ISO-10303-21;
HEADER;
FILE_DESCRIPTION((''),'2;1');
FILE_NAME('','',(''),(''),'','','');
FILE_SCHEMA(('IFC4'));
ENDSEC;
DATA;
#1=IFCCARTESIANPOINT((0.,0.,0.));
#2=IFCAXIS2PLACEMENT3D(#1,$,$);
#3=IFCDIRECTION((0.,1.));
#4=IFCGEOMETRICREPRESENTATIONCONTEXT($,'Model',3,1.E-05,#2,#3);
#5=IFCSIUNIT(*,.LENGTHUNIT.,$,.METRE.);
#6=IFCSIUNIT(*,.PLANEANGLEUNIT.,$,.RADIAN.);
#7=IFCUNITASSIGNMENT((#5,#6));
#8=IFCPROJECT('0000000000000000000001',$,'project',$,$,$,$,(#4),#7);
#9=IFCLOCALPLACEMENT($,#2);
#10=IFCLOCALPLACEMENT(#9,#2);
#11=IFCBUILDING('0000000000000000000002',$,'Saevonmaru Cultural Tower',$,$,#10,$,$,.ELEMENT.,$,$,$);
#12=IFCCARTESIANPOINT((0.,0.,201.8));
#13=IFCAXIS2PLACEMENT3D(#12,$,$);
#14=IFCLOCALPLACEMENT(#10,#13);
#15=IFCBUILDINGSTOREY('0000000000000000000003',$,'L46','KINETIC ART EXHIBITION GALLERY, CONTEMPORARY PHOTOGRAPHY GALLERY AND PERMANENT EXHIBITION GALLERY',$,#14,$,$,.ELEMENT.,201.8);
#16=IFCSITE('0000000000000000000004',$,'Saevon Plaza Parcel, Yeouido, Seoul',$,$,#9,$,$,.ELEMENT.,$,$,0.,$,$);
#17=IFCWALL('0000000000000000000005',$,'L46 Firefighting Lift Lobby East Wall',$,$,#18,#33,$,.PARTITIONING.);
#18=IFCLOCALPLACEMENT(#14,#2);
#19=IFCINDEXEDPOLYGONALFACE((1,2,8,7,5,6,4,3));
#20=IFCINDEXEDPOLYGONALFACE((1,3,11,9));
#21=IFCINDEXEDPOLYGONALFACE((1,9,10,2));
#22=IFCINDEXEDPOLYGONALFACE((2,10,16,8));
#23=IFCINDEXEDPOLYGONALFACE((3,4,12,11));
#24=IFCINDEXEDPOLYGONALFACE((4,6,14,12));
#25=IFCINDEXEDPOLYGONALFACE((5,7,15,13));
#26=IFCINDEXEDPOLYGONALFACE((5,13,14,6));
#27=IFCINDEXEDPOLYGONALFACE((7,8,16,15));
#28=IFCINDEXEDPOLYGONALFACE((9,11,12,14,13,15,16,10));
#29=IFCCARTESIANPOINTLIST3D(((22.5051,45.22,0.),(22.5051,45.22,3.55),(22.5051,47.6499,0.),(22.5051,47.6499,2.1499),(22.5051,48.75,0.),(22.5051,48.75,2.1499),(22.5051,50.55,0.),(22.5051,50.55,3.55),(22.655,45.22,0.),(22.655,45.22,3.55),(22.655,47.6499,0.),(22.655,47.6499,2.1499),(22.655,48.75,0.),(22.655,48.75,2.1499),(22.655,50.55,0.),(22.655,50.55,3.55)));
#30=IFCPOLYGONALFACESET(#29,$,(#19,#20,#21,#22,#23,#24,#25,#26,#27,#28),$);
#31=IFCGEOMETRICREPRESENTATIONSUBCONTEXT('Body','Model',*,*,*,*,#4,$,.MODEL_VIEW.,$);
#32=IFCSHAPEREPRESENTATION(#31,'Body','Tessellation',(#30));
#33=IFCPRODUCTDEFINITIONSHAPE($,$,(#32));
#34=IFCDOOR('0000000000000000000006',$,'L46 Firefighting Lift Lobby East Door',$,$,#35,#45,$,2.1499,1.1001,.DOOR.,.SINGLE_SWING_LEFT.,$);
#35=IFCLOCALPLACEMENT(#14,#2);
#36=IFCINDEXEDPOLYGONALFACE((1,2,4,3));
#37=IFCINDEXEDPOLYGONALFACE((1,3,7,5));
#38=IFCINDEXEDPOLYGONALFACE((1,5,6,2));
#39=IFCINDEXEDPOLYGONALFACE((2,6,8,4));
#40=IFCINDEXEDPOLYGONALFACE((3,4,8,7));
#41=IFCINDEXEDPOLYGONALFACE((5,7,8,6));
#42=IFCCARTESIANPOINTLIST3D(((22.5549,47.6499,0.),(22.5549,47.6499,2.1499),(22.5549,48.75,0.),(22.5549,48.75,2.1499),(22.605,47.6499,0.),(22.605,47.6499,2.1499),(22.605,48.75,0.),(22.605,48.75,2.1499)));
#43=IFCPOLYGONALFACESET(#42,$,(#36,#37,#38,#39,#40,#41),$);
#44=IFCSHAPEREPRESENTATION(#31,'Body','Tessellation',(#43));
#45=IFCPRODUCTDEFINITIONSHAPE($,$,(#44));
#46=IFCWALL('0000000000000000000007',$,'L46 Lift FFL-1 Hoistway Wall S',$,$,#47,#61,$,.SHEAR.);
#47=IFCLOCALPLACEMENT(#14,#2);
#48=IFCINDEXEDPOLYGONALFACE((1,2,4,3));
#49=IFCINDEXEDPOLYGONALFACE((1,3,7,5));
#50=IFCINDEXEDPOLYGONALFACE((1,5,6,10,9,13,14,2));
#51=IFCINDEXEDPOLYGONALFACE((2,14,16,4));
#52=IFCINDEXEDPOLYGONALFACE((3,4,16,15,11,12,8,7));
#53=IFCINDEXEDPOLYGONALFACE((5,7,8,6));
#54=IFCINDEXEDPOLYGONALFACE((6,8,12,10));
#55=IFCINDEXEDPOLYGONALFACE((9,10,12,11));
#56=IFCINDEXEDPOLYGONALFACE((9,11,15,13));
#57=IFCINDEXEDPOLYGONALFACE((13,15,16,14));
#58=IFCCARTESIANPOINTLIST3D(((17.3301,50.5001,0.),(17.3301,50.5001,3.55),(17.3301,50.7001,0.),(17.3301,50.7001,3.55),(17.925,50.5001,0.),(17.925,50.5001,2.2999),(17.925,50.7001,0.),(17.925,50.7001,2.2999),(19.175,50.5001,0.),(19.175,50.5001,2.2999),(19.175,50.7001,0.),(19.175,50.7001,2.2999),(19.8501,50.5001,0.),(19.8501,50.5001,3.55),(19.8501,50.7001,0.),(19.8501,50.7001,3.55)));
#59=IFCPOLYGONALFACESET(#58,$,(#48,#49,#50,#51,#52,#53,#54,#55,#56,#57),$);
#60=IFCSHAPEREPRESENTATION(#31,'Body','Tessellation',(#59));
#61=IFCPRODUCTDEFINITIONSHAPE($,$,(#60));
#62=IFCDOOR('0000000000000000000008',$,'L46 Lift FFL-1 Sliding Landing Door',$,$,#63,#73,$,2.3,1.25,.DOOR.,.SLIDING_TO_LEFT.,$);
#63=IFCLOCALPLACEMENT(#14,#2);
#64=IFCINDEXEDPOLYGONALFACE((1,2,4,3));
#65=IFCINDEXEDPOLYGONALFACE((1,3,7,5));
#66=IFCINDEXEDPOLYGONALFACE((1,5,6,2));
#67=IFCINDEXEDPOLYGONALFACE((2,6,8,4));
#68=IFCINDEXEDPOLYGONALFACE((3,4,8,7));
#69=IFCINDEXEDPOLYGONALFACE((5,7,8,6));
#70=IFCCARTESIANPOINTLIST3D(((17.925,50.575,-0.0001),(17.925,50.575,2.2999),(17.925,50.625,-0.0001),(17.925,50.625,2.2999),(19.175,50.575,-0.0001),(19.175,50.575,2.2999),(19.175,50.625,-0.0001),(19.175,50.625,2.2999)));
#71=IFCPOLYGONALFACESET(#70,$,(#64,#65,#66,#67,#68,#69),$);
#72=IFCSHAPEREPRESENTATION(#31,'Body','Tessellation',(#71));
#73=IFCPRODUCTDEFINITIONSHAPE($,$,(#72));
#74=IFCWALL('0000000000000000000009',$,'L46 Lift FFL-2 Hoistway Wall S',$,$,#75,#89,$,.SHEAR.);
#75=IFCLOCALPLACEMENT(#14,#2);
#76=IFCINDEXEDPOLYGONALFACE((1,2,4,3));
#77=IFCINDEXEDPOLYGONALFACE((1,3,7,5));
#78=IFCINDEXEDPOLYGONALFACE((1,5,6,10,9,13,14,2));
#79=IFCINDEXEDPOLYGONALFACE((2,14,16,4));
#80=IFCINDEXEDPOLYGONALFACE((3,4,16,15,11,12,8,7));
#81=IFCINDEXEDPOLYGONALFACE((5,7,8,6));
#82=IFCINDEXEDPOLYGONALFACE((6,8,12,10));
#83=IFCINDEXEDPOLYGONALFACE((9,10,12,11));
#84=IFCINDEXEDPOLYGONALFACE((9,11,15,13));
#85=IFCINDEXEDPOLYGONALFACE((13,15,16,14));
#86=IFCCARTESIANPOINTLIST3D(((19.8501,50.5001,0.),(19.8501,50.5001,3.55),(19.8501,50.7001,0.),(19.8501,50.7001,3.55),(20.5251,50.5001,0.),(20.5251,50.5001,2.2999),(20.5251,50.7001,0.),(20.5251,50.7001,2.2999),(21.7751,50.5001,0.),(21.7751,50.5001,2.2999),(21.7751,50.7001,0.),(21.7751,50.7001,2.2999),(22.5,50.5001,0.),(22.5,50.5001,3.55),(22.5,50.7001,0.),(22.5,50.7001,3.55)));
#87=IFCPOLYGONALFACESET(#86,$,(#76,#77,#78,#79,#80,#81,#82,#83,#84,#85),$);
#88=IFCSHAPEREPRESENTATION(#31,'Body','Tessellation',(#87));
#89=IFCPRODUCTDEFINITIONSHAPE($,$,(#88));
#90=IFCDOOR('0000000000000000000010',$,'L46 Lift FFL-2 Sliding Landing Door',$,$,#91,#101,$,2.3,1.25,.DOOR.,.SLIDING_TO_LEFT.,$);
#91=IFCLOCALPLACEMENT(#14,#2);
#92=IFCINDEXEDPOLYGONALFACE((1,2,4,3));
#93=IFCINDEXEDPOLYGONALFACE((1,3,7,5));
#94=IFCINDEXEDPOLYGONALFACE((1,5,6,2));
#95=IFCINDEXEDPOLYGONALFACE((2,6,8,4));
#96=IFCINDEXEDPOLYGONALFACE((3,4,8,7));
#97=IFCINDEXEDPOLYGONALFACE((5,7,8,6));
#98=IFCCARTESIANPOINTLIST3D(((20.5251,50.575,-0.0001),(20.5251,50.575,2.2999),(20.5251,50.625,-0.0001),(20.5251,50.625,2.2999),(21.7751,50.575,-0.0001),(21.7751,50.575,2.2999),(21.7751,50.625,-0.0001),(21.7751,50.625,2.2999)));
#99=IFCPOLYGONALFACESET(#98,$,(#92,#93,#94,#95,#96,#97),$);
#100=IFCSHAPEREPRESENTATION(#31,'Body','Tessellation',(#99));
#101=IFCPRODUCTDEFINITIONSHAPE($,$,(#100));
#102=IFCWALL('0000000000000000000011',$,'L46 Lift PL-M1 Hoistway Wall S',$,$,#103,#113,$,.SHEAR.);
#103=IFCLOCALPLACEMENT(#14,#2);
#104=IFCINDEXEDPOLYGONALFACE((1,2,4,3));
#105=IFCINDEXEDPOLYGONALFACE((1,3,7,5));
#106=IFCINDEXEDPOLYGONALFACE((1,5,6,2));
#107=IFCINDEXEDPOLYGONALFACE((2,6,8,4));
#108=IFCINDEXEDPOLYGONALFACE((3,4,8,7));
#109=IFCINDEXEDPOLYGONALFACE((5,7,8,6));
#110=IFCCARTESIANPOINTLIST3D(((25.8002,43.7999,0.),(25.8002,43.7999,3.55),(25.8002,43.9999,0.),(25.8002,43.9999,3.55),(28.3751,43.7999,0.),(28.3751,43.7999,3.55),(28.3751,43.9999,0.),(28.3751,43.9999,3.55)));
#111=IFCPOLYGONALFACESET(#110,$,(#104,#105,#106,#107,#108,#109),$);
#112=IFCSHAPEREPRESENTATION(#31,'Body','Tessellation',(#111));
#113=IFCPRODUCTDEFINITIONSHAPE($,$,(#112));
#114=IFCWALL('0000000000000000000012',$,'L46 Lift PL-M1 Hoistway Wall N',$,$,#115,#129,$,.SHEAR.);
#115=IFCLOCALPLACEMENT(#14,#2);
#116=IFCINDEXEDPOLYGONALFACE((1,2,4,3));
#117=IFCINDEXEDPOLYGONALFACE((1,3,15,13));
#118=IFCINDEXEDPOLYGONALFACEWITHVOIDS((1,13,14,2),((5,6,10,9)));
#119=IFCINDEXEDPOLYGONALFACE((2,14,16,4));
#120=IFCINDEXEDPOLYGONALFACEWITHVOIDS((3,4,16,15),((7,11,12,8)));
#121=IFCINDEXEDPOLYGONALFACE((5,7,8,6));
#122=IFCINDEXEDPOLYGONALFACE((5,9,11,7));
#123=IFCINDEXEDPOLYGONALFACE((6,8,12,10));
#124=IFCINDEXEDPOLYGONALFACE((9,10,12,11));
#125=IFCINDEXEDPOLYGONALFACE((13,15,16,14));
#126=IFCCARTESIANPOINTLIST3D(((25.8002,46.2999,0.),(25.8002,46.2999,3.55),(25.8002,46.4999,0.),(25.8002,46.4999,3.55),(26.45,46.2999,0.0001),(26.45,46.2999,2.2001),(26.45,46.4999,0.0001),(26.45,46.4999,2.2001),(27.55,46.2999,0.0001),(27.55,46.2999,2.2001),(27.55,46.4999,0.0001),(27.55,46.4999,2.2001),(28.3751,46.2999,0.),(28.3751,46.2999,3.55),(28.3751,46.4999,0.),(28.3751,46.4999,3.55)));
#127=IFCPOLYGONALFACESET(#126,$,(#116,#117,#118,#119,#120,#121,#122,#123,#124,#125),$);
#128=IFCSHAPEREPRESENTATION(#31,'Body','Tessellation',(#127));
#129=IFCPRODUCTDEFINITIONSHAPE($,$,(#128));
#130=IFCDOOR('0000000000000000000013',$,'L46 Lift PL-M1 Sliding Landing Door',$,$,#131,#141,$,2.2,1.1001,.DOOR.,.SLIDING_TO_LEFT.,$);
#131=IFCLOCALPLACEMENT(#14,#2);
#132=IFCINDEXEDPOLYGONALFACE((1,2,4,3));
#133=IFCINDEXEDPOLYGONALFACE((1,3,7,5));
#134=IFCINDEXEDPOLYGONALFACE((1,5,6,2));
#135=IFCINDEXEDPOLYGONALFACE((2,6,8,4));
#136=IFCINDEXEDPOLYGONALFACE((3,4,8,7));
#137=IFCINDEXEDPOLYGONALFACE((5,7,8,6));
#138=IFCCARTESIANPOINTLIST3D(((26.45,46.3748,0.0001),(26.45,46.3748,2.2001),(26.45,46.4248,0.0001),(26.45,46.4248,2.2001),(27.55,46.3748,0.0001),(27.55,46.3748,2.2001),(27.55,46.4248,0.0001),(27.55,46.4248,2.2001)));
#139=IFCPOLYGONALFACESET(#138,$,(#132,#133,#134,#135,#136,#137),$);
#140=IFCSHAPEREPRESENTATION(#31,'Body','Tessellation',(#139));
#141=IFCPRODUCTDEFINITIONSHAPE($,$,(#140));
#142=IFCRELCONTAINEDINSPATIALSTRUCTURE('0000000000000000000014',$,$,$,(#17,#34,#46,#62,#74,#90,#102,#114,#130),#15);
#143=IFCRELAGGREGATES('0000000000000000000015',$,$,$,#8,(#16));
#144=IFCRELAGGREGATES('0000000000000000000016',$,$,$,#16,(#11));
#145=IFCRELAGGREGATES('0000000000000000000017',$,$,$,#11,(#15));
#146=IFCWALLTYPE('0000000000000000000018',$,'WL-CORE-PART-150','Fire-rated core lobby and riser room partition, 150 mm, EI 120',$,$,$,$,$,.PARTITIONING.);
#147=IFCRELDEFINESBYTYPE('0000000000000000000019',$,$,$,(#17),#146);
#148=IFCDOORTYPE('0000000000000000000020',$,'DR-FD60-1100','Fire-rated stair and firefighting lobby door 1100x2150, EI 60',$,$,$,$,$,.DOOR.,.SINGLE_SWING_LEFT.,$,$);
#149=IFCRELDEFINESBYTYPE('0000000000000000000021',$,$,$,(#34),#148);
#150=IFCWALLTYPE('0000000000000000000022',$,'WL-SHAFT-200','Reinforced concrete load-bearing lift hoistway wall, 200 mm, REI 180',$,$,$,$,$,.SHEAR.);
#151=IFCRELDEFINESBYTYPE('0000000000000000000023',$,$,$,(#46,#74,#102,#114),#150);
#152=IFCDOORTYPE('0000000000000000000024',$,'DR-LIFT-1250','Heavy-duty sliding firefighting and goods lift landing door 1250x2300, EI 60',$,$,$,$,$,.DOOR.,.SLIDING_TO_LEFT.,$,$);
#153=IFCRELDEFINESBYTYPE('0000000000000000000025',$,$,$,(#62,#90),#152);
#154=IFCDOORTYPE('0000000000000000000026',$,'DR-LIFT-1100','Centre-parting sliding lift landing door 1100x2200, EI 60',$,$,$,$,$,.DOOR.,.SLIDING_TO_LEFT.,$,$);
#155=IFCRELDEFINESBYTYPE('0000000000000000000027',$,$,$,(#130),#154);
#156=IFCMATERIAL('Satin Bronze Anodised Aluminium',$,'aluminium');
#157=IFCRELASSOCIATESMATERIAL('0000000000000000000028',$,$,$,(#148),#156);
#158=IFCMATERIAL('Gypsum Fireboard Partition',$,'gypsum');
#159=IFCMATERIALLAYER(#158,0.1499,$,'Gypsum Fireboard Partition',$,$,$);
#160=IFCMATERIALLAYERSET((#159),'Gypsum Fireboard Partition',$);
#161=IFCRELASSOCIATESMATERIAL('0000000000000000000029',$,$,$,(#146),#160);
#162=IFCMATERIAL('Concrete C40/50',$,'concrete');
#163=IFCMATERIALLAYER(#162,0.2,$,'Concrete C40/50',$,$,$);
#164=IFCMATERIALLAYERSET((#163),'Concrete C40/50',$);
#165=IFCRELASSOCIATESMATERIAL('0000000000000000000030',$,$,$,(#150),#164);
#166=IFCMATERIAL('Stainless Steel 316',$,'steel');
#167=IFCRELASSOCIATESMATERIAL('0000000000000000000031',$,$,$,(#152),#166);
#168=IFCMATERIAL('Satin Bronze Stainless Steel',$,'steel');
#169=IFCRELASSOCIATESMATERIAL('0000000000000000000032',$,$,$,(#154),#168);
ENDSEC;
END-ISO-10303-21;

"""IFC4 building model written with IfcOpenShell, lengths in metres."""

from ifc_helpers import new_model, si_unit, direction, frame, frame_2d, origin, place, context, subcontext, project, spatial, rectangle, extrude, material, layer, layer_set, type_object, element, fill, save


model = new_model("IFC4")

# Units and contexts
model_context = context("Model", 3, precision=1e-05, world=origin(), true_north=direction((0.0, 1.0)))
body_context = subcontext(model_context, "Body", "Model", "MODEL_VIEW")
ifc_project = project(units=[si_unit("LENGTHUNIT", "METRE"), si_unit("PLANEANGLEUNIT", "RADIAN")], contexts=[model_context])

# Site, building, storey
site_placement = place(None, origin())
site = spatial("IfcSite", under=ifc_project, at=site_placement, Name="Saevon Plaza Parcel, Yeouido, Seoul", CompositionType="ELEMENT", RefElevation=0.0)
building_placement = place(site_placement, origin())
building = spatial("IfcBuilding", under=site, at=building_placement, Name="Saevonmaru Cultural Tower", CompositionType="ELEMENT")
storey_placement = place(building_placement, frame((0.0, 0.0, 201.8)))
storey = spatial("IfcBuildingStorey", under=building, at=storey_placement, Name="L46", Description="KINETIC ART EXHIBITION GALLERY, CONTEMPORARY PHOTOGRAPHY GALLERY AND PERMANENT EXHIBITION GALLERY", CompositionType="ELEMENT", Elevation=201.8)

# Shared definitions
ifc_material_1 = material(Name="Satin Bronze Anodised Aluminium", Category="aluminium")
door_type_1 = type_object("IfcDoorType", Name="DR-FD60-1100", Description="Fire-rated stair and firefighting lobby door 1100x2150, EI 60", OperationType="SINGLE_SWING_LEFT", PredefinedType="DOOR", material=ifc_material_1)

# Walls, openings, doors
ifc_material_2 = material(Name="Gypsum Fireboard Partition", Category="gypsum")
ifc_layer_1 = layer(ifc_material_2, 0.1499, Name="Gypsum Fireboard Partition")
ifc_layer_set_1 = layer_set([ifc_layer_1], Name="Gypsum Fireboard Partition")
wall_type_1 = type_object("IfcWallType", Name="WL-CORE-PART-150", Description="Fire-rated core lobby and riser room partition, 150 mm, EI 120", PredefinedType="PARTITIONING", material=ifc_layer_set_1)
wall_1_placement = place(storey_placement, frame((22.5801, 50.55, 0.0), z_axis=(0.0, 0.0, 1.0), x_axis=(0.0, -1.0, 0.0)))
wall_1 = element("IfcWall", 1, at=wall_1_placement, inside=storey, type_object=wall_type_1, Name="L46 Firefighting Lift Lobby East Wall", PredefinedType="PARTITIONING", context=body_context, shape_type="SweptSolid", body=[
    extrude(rectangle(XDim=5.3301, YDim=0.1499, at=frame_2d((2.665, 0.0))), origin(), (0.0, 0.0, 1.0), 3.55),
])
opening_1_placement = place(wall_1_placement, frame((1.8, 0.0, 0.0)))
opening_1 = element("IfcOpeningElement", 2, at=opening_1_placement, cuts=wall_1, PredefinedType="OPENING", context=body_context, shape_type="SweptSolid", body=[
    extrude(rectangle(XDim=1.1001, YDim=2.1499, at=frame_2d((0.55, 1.075))), frame((0.0, 0.085, 0.0), z_axis=(0.0, -1.0, 0.0), x_axis=(1.0, 0.0, 0.0)), (0.0, 0.0, 1.0), 0.1699),
])
door_1_placement = place(opening_1_placement, origin())
door_1 = element("IfcDoor", 3, at=door_1_placement, inside=storey, type_object=door_type_1, Name="L46 Firefighting Lift Lobby East Door", OperationType="SINGLE_SWING_LEFT", OverallHeight=2.1499, OverallWidth=1.1001, PredefinedType="DOOR", context=body_context, shape_type="SweptSolid", body=[
    extrude(rectangle(XDim=1.1001, YDim=2.1499, at=frame_2d((0.55, 1.075))), frame((0.0, 0.0249, 0.0), z_axis=(0.0, -1.0, 0.0), x_axis=(1.0, 0.0, 0.0)), (0.0, 0.0, 1.0), 0.05),
])
fill(opening_1, door_1)
ifc_material_3 = material(Name="Concrete C40/50", Category="concrete")
ifc_layer_2 = layer(ifc_material_3, 0.2, Name="Concrete C40/50")
ifc_layer_set_2 = layer_set([ifc_layer_2], Name="Concrete C40/50")
wall_type_2 = type_object("IfcWallType", Name="WL-SHAFT-200", Description="Reinforced concrete load-bearing lift hoistway wall, 200 mm, REI 180", PredefinedType="SHEAR", material=ifc_layer_set_2)
wall_2_placement = place(storey_placement, frame((17.3301, 50.6001, 0.0), z_axis=(0.0, 0.0, 1.0), x_axis=(1.0, 0.0, 0.0)))
wall_2 = element("IfcWall", 4, at=wall_2_placement, inside=storey, type_object=wall_type_2, Name="L46 Lift FFL-1 Hoistway Wall S", PredefinedType="SHEAR", context=body_context, shape_type="SweptSolid", body=[
    extrude(rectangle(XDim=2.52, YDim=0.2, at=frame_2d((1.26, 0.0))), origin(), (0.0, 0.0, 1.0), 3.55),
])
opening_2_placement = place(wall_2_placement, frame((0.595, 0.0, 0.0)))
opening_2 = element("IfcOpeningElement", 5, at=opening_2_placement, cuts=wall_2, PredefinedType="OPENING", context=body_context, shape_type="SweptSolid", body=[
    extrude(rectangle(XDim=1.25, YDim=2.3, at=frame_2d((0.625, 1.1499))), frame((0.0, 0.1099, 0.0), z_axis=(0.0, -1.0, 0.0), x_axis=(1.0, 0.0, 0.0)), (0.0, 0.0, 1.0), 0.22),
])
ifc_material_4 = material(Name="Stainless Steel 316", Category="steel")
door_type_2 = type_object("IfcDoorType", Name="DR-LIFT-1250", Description="Heavy-duty sliding firefighting and goods lift landing door 1250x2300, EI 60", OperationType="SLIDING_TO_LEFT", PredefinedType="DOOR", material=ifc_material_4)
door_2_placement = place(opening_2_placement, origin())
door_2 = element("IfcDoor", 6, at=door_2_placement, inside=storey, type_object=door_type_2, Name="L46 Lift FFL-1 Sliding Landing Door", OperationType="SLIDING_TO_LEFT", OverallHeight=2.3, OverallWidth=1.25, PredefinedType="DOOR", context=body_context, shape_type="SweptSolid", body=[
    extrude(rectangle(XDim=1.25, YDim=2.3, at=frame_2d((0.625, 1.1499))), frame((0.0, 0.0249, 0.0), z_axis=(0.0, -1.0, 0.0), x_axis=(1.0, 0.0, 0.0)), (0.0, 0.0, 1.0), 0.05),
])
fill(opening_2, door_2)
wall_3_placement = place(storey_placement, frame((19.8501, 50.6001, 0.0), z_axis=(0.0, 0.0, 1.0), x_axis=(1.0, 0.0, 0.0)))
wall_3 = element("IfcWall", 7, at=wall_3_placement, inside=storey, type_object=wall_type_2, Name="L46 Lift FFL-2 Hoistway Wall S", PredefinedType="SHEAR", context=body_context, shape_type="SweptSolid", body=[
    extrude(rectangle(XDim=2.6499, YDim=0.2, at=frame_2d((1.325, 0.0))), origin(), (0.0, 0.0, 1.0), 3.55),
])
opening_3_placement = place(wall_3_placement, frame((0.675, 0.0, 0.0)))
opening_3 = element("IfcOpeningElement", 8, at=opening_3_placement, cuts=wall_3, PredefinedType="OPENING", context=body_context, shape_type="SweptSolid", body=[
    extrude(rectangle(XDim=1.25, YDim=2.3, at=frame_2d((0.625, 1.1499))), frame((0.0, 0.1099, 0.0), z_axis=(0.0, -1.0, 0.0), x_axis=(1.0, 0.0, 0.0)), (0.0, 0.0, 1.0), 0.22),
])
door_3_placement = place(opening_3_placement, origin())
door_3 = element("IfcDoor", 9, at=door_3_placement, inside=storey, type_object=door_type_2, Name="L46 Lift FFL-2 Sliding Landing Door", OperationType="SLIDING_TO_LEFT", OverallHeight=2.3, OverallWidth=1.25, PredefinedType="DOOR", context=body_context, shape_type="SweptSolid", body=[
    extrude(rectangle(XDim=1.25, YDim=2.3, at=frame_2d((0.625, 1.1499))), frame((0.0, 0.0249, 0.0), z_axis=(0.0, -1.0, 0.0), x_axis=(1.0, 0.0, 0.0)), (0.0, 0.0, 1.0), 0.05),
])
fill(opening_3, door_3)

# Wall
wall_4_placement = place(storey_placement, frame((25.8, 43.8999, 0.0), z_axis=(0.0, 0.0, 1.0), x_axis=(1.0, 0.0, 0.0)))
element("IfcWall", 10, at=wall_4_placement, inside=storey, type_object=wall_type_2, Name="L46 Lift PL-M1 Hoistway Wall S", PredefinedType="SHEAR", context=body_context, shape_type="SweptSolid", body=[
    extrude(rectangle(XDim=2.575, YDim=0.2, at=frame_2d((1.2876, 0.0))), origin(), (0.0, 0.0, 1.0), 3.55),
])

# Wall, opening, door
wall_5_placement = place(storey_placement, frame((25.8, 46.3999, 0.0), z_axis=(0.0, 0.0, 1.0), x_axis=(1.0, 0.0, 0.0)))
wall_5 = element("IfcWall", 11, at=wall_5_placement, inside=storey, type_object=wall_type_2, Name="L46 Lift PL-M1 Hoistway Wall N", PredefinedType="SHEAR", context=body_context, shape_type="SweptSolid", body=[
    extrude(rectangle(XDim=2.575, YDim=0.2, at=frame_2d((1.2876, 0.0))), origin(), (0.0, 0.0, 1.0), 3.55),
])
opening_4_placement = place(wall_5_placement, frame((0.6499, 0.0, 0.0)))
opening_4 = element("IfcOpeningElement", 12, at=opening_4_placement, cuts=wall_5, PredefinedType="OPENING", context=body_context, shape_type="SweptSolid", body=[
    extrude(rectangle(XDim=1.1001, YDim=2.2, at=frame_2d((0.55, 1.1001))), frame((0.0, 0.1099, 0.0), z_axis=(0.0, -1.0, 0.0), x_axis=(1.0, 0.0, 0.0)), (0.0, 0.0, 1.0), 0.22),
])
ifc_material_5 = material(Name="Satin Bronze Stainless Steel", Category="steel")
door_type_3 = type_object("IfcDoorType", Name="DR-LIFT-1100", Description="Centre-parting sliding lift landing door 1100x2200, EI 60", OperationType="SLIDING_TO_LEFT", PredefinedType="DOOR", material=ifc_material_5)
door_4_placement = place(opening_4_placement, origin())
door_4 = element("IfcDoor", 13, at=door_4_placement, inside=storey, type_object=door_type_3, Name="L46 Lift PL-M1 Sliding Landing Door", OperationType="SLIDING_TO_LEFT", OverallHeight=2.2, OverallWidth=1.1001, PredefinedType="DOOR", context=body_context, shape_type="SweptSolid", body=[
    extrude(rectangle(XDim=1.1001, YDim=2.2, at=frame_2d((0.55, 1.1001))), frame((0.0, 0.0249, 0.0), z_axis=(0.0, -1.0, 0.0), x_axis=(1.0, 0.0, 0.0)), (0.0, 0.0, 1.0), 0.05),
])
fill(opening_4, door_4)

save(model, "model.ifc")
